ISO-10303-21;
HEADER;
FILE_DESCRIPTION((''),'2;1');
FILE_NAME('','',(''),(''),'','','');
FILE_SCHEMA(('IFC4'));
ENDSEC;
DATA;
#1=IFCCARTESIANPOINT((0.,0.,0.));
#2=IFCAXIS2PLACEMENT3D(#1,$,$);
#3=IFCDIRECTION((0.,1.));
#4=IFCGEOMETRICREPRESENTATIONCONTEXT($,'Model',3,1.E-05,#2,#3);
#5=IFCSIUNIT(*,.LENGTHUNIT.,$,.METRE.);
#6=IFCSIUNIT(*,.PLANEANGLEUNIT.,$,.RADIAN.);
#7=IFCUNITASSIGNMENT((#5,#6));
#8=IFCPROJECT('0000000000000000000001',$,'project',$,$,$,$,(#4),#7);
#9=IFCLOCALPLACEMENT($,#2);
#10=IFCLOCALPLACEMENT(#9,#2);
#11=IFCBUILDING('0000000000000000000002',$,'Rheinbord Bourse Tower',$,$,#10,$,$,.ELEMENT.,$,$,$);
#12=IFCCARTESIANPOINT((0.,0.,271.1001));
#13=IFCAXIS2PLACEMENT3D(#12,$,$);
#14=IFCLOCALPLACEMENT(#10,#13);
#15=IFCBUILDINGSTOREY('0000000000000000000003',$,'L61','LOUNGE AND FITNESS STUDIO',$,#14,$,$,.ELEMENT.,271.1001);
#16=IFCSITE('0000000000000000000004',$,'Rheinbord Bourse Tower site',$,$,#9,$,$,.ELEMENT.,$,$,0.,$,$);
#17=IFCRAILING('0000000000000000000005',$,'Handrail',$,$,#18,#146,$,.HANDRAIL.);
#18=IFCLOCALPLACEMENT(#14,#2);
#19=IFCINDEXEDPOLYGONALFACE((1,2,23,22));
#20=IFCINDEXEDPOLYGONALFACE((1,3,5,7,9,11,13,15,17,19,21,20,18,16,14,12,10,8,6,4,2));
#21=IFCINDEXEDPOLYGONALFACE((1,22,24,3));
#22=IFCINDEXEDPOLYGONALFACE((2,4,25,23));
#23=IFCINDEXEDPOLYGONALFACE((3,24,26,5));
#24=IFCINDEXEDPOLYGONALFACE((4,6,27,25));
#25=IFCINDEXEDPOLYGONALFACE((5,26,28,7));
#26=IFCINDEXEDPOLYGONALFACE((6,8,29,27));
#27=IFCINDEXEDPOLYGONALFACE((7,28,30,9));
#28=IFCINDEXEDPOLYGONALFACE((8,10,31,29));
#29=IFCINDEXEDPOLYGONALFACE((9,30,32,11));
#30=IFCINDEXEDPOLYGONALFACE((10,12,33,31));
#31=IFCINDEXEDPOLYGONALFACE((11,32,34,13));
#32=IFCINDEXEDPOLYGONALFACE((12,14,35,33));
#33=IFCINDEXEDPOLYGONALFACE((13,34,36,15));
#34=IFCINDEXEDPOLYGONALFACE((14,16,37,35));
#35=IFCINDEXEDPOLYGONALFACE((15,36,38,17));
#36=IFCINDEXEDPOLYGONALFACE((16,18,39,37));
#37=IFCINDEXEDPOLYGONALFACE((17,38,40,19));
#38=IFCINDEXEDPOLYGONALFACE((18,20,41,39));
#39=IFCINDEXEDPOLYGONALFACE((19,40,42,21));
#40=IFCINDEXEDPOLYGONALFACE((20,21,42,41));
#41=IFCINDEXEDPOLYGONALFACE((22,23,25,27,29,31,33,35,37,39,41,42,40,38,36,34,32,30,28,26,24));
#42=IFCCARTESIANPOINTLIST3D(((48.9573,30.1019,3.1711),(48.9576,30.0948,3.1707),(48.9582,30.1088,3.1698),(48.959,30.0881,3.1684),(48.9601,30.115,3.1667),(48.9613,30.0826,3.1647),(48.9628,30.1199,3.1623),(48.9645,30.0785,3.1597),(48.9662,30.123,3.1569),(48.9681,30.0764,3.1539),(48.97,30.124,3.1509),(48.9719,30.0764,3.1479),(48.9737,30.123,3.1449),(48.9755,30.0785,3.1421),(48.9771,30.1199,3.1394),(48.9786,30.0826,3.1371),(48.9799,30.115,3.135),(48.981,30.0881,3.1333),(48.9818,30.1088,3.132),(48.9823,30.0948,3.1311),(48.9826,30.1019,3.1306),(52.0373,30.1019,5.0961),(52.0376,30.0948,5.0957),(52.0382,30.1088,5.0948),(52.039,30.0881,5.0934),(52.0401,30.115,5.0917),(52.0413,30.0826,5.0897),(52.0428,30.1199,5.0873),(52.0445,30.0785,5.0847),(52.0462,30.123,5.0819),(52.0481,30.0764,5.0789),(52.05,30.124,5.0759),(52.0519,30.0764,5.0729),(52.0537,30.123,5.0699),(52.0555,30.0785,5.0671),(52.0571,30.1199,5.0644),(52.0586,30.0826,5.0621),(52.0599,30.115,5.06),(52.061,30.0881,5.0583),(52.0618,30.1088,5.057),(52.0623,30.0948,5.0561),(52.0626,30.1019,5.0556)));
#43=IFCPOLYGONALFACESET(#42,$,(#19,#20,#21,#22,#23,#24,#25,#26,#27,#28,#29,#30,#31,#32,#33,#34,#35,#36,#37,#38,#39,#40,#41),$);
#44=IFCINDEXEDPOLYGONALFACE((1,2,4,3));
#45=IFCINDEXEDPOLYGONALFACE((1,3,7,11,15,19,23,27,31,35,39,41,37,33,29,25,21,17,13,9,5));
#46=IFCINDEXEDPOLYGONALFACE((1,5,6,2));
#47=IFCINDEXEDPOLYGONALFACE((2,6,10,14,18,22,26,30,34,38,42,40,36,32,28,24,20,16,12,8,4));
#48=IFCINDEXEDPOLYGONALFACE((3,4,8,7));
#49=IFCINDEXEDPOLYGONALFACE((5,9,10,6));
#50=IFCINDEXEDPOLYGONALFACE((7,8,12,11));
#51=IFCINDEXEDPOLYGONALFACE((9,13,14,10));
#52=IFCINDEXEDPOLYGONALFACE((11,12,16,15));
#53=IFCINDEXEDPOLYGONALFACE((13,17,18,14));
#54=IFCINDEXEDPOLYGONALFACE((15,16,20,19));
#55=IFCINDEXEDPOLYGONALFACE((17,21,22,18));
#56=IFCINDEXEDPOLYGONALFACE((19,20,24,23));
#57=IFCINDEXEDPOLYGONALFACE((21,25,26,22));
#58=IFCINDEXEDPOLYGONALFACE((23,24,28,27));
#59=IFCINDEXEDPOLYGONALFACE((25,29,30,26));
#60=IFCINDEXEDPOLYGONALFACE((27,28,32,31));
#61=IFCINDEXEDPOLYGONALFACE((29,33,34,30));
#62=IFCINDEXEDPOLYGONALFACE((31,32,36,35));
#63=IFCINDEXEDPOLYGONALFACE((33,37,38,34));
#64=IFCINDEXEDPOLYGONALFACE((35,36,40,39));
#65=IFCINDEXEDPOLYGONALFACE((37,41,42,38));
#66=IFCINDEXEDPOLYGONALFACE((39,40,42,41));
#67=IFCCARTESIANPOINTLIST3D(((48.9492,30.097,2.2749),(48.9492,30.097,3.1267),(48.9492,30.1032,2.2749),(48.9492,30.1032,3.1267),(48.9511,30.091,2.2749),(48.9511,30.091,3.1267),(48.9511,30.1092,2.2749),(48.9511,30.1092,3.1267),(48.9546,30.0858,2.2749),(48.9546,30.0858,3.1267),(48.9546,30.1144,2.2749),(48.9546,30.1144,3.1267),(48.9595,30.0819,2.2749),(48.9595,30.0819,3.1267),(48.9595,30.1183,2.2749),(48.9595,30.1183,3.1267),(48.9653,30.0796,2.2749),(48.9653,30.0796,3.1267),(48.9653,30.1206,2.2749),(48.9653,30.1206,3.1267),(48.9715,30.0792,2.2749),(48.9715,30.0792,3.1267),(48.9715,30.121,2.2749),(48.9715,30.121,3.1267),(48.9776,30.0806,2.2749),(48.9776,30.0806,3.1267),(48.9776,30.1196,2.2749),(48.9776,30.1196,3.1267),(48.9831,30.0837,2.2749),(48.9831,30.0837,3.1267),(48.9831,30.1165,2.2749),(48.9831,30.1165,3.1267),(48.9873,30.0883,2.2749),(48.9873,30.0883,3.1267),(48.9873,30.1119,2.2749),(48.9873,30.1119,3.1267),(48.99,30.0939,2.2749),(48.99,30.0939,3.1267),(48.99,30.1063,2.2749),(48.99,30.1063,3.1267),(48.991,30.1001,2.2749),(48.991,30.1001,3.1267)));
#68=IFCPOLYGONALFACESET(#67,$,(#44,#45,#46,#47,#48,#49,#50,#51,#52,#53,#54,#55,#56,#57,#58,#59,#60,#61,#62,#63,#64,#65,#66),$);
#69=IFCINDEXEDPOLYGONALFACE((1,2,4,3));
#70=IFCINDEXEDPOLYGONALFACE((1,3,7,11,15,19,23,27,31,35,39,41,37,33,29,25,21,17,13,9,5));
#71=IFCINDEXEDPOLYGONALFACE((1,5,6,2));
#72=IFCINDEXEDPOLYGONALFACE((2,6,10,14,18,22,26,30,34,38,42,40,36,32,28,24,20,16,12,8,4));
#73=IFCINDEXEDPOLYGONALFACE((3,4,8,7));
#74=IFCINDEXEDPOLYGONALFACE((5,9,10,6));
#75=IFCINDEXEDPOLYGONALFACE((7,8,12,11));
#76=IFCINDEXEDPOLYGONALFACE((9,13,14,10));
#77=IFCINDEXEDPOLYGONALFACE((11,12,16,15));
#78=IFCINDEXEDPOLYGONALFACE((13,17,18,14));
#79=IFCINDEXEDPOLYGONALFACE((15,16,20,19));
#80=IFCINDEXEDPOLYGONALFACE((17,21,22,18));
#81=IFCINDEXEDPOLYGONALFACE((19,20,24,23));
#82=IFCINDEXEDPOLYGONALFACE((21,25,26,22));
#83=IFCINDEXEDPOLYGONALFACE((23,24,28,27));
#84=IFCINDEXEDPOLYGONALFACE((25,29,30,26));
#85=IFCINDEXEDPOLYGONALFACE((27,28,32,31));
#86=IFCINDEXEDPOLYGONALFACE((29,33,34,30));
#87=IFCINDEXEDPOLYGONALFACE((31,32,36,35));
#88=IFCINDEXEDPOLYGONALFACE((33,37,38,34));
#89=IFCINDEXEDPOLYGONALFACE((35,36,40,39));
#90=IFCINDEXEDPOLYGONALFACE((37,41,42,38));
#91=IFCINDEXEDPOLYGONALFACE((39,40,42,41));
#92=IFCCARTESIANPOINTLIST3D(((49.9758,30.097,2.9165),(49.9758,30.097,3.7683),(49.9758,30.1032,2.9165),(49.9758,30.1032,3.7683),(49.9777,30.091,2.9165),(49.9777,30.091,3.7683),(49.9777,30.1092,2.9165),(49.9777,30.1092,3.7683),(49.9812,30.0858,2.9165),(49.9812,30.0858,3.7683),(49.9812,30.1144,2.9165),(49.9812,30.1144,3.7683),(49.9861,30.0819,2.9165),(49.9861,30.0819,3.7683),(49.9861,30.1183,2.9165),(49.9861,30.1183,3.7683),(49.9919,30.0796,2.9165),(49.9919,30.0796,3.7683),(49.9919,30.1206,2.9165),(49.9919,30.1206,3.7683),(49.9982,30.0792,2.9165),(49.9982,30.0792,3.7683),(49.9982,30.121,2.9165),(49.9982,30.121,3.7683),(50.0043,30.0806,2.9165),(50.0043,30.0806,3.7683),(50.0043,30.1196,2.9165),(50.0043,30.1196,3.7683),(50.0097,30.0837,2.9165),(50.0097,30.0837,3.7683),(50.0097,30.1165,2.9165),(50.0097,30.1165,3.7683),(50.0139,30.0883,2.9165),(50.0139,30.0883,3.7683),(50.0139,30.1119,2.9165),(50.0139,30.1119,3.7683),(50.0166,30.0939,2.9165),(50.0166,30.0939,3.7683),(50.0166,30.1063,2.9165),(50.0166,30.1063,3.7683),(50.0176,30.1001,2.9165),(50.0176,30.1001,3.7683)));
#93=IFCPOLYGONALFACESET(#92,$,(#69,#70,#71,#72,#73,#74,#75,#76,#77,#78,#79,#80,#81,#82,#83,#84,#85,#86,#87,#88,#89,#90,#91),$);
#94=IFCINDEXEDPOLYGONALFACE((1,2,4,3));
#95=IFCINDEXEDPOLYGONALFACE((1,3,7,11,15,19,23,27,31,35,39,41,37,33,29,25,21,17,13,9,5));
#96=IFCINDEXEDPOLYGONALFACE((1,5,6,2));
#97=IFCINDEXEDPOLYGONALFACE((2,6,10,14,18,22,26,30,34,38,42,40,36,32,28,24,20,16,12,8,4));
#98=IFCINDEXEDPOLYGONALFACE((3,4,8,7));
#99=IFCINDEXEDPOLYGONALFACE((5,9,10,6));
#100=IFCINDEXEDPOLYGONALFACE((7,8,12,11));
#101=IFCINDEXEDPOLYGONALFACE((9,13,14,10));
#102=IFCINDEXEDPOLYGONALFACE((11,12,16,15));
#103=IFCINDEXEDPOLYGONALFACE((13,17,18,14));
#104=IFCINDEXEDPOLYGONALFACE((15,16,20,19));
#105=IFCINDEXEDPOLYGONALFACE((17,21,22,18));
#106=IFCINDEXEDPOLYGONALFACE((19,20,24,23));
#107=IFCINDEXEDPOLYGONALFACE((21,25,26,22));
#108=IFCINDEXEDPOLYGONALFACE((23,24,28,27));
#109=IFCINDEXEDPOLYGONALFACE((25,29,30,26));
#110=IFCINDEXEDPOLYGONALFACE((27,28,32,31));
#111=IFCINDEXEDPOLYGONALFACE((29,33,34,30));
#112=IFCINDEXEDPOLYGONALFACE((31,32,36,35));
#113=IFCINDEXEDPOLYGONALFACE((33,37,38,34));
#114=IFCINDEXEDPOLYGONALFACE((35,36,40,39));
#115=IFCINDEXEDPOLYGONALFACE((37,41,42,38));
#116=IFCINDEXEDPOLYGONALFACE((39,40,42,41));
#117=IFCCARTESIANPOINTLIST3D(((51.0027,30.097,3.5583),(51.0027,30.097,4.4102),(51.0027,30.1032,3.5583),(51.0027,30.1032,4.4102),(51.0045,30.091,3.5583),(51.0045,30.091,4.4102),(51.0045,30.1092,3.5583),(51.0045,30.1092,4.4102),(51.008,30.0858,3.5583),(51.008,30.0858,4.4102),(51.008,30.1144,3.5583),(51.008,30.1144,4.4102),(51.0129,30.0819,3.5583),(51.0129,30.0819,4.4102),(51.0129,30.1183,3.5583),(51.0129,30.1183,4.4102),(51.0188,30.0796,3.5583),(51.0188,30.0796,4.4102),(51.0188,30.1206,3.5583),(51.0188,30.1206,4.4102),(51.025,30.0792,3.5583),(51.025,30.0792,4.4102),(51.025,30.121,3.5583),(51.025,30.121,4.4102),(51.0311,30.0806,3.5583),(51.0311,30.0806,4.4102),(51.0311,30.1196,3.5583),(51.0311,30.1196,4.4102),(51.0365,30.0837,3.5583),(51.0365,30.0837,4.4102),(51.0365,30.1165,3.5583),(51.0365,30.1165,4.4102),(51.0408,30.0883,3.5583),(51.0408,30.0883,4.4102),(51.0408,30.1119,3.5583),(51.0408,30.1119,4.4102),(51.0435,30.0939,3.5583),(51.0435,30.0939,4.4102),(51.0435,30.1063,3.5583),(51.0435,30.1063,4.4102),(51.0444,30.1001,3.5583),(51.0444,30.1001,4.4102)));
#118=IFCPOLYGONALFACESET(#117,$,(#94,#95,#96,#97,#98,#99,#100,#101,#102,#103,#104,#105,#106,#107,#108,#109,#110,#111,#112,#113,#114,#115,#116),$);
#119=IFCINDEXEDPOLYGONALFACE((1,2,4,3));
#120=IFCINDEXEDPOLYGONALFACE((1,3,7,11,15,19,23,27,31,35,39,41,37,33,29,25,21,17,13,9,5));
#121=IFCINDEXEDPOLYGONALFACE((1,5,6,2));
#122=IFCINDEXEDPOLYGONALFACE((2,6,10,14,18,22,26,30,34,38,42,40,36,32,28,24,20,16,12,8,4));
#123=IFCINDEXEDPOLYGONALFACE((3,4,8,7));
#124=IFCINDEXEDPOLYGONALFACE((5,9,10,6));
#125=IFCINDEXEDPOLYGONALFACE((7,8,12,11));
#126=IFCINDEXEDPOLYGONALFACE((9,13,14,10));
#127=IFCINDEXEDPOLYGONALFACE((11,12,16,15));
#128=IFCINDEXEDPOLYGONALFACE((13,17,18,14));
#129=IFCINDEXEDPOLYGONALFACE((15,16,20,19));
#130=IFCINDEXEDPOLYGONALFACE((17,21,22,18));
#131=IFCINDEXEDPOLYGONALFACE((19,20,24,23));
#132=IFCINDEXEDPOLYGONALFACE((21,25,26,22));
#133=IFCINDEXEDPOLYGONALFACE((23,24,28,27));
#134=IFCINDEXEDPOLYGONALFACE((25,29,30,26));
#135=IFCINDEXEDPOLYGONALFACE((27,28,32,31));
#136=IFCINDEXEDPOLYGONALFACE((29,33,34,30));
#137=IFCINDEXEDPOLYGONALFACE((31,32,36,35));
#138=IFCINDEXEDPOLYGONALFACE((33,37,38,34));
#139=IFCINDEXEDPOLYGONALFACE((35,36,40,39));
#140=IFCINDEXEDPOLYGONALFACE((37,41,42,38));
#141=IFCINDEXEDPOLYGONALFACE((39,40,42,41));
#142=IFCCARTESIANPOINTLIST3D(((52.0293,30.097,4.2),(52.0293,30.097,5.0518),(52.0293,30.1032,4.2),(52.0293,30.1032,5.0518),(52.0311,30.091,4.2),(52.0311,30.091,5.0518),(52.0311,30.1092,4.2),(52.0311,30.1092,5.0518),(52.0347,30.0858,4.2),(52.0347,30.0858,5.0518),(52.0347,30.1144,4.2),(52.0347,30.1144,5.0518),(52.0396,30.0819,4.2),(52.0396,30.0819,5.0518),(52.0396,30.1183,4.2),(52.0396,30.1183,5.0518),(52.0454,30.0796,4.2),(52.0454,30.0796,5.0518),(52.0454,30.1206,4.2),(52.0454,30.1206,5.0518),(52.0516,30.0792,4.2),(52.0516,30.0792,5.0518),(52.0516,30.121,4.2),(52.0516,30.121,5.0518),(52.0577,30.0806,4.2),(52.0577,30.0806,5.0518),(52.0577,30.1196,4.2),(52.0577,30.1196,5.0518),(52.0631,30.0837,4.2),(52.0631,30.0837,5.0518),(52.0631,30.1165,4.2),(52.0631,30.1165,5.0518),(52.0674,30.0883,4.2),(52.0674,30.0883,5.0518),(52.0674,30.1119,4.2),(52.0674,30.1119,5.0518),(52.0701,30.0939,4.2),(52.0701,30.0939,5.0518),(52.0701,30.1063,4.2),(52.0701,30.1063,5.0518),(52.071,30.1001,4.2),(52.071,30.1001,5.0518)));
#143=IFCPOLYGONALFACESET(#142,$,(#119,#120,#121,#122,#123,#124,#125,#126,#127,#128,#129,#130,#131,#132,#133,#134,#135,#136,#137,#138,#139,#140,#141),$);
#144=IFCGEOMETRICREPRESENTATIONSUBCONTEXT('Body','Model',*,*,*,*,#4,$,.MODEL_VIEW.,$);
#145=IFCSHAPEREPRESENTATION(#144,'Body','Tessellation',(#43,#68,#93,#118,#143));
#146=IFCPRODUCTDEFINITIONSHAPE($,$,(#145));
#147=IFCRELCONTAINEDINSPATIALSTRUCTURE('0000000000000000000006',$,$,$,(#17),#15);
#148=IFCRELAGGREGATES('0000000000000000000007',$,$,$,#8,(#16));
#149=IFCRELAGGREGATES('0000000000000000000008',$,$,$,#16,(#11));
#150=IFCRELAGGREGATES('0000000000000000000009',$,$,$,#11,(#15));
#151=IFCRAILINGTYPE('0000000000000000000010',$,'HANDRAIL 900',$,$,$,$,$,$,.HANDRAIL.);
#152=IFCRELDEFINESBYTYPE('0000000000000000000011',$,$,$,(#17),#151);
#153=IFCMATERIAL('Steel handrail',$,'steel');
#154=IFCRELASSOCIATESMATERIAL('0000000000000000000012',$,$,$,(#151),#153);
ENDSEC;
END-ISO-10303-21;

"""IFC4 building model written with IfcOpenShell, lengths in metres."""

from ifc_helpers import new_model, si_unit, direction, frame, origin, origin_2d, place, context, subcontext, project, spatial, circle, extrude, material, type_object, element, save


model = new_model("IFC4")

# Units and contexts
model_context = context("Model", 3, precision=1e-05, world=origin(), true_north=direction((0.0, 1.0)))
body_context = subcontext(model_context, "Body", "Model", "MODEL_VIEW")
ifc_project = project(units=[si_unit("LENGTHUNIT", "METRE"), si_unit("PLANEANGLEUNIT", "RADIAN")], contexts=[model_context])

# Site, building, storey
site_placement = place(None, origin())
site = spatial("IfcSite", under=ifc_project, at=site_placement, Name="Rheinbord Bourse Tower site", CompositionType="ELEMENT", RefElevation=0.0)
building_placement = place(site_placement, origin())
building = spatial("IfcBuilding", under=site, at=building_placement, Name="Rheinbord Bourse Tower", CompositionType="ELEMENT")
storey_placement = place(building_placement, frame((0.0, 0.0, 271.1001)))
storey = spatial("IfcBuildingStorey", under=building, at=storey_placement, Name="L61", Description="LOUNGE AND FITNESS STUDIO", CompositionType="ELEMENT", Elevation=271.1001)

# Railing
ifc_material_1 = material(Name="Steel handrail", Category="steel")
railing_type = type_object("IfcRailingType", Name="HANDRAIL 900", PredefinedType="HANDRAIL", material=ifc_material_1)
railing_1_placement = place(storey_placement, frame((48.97, 30.1001, 2.2749)))
element("IfcRailing", 1, at=railing_1_placement, inside=storey, type_object=railing_type, Name="Handrail", PredefinedType="HANDRAIL", context=body_context, shape_type="SweptSolid", body=[
    extrude(circle(Radius=0.0239, at=origin_2d()), frame((0.0, 0.0, 0.876), z_axis=(0.847998, 0.0, 0.529999), x_axis=(0.0, 1.0, 0.0)), (0.0, 0.0, 1.0), 3.6321),
    extrude(circle(Radius=0.021, at=origin_2d()), origin(), (0.0, 0.0, 1.0), 0.8518),
    extrude(circle(Radius=0.021, at=origin_2d()), frame((1.0266, 0.0, 0.6416)), (0.0, 0.0, 1.0), 0.8518),
    extrude(circle(Radius=0.021, at=origin_2d()), frame((2.0535, 0.0, 1.2834)), (0.0, 0.0, 1.0), 0.8518),
    extrude(circle(Radius=0.021, at=origin_2d()), frame((3.0801, 0.0, 1.925)), (0.0, 0.0, 1.0), 0.8518),
])

save(model, "model.ifc")
